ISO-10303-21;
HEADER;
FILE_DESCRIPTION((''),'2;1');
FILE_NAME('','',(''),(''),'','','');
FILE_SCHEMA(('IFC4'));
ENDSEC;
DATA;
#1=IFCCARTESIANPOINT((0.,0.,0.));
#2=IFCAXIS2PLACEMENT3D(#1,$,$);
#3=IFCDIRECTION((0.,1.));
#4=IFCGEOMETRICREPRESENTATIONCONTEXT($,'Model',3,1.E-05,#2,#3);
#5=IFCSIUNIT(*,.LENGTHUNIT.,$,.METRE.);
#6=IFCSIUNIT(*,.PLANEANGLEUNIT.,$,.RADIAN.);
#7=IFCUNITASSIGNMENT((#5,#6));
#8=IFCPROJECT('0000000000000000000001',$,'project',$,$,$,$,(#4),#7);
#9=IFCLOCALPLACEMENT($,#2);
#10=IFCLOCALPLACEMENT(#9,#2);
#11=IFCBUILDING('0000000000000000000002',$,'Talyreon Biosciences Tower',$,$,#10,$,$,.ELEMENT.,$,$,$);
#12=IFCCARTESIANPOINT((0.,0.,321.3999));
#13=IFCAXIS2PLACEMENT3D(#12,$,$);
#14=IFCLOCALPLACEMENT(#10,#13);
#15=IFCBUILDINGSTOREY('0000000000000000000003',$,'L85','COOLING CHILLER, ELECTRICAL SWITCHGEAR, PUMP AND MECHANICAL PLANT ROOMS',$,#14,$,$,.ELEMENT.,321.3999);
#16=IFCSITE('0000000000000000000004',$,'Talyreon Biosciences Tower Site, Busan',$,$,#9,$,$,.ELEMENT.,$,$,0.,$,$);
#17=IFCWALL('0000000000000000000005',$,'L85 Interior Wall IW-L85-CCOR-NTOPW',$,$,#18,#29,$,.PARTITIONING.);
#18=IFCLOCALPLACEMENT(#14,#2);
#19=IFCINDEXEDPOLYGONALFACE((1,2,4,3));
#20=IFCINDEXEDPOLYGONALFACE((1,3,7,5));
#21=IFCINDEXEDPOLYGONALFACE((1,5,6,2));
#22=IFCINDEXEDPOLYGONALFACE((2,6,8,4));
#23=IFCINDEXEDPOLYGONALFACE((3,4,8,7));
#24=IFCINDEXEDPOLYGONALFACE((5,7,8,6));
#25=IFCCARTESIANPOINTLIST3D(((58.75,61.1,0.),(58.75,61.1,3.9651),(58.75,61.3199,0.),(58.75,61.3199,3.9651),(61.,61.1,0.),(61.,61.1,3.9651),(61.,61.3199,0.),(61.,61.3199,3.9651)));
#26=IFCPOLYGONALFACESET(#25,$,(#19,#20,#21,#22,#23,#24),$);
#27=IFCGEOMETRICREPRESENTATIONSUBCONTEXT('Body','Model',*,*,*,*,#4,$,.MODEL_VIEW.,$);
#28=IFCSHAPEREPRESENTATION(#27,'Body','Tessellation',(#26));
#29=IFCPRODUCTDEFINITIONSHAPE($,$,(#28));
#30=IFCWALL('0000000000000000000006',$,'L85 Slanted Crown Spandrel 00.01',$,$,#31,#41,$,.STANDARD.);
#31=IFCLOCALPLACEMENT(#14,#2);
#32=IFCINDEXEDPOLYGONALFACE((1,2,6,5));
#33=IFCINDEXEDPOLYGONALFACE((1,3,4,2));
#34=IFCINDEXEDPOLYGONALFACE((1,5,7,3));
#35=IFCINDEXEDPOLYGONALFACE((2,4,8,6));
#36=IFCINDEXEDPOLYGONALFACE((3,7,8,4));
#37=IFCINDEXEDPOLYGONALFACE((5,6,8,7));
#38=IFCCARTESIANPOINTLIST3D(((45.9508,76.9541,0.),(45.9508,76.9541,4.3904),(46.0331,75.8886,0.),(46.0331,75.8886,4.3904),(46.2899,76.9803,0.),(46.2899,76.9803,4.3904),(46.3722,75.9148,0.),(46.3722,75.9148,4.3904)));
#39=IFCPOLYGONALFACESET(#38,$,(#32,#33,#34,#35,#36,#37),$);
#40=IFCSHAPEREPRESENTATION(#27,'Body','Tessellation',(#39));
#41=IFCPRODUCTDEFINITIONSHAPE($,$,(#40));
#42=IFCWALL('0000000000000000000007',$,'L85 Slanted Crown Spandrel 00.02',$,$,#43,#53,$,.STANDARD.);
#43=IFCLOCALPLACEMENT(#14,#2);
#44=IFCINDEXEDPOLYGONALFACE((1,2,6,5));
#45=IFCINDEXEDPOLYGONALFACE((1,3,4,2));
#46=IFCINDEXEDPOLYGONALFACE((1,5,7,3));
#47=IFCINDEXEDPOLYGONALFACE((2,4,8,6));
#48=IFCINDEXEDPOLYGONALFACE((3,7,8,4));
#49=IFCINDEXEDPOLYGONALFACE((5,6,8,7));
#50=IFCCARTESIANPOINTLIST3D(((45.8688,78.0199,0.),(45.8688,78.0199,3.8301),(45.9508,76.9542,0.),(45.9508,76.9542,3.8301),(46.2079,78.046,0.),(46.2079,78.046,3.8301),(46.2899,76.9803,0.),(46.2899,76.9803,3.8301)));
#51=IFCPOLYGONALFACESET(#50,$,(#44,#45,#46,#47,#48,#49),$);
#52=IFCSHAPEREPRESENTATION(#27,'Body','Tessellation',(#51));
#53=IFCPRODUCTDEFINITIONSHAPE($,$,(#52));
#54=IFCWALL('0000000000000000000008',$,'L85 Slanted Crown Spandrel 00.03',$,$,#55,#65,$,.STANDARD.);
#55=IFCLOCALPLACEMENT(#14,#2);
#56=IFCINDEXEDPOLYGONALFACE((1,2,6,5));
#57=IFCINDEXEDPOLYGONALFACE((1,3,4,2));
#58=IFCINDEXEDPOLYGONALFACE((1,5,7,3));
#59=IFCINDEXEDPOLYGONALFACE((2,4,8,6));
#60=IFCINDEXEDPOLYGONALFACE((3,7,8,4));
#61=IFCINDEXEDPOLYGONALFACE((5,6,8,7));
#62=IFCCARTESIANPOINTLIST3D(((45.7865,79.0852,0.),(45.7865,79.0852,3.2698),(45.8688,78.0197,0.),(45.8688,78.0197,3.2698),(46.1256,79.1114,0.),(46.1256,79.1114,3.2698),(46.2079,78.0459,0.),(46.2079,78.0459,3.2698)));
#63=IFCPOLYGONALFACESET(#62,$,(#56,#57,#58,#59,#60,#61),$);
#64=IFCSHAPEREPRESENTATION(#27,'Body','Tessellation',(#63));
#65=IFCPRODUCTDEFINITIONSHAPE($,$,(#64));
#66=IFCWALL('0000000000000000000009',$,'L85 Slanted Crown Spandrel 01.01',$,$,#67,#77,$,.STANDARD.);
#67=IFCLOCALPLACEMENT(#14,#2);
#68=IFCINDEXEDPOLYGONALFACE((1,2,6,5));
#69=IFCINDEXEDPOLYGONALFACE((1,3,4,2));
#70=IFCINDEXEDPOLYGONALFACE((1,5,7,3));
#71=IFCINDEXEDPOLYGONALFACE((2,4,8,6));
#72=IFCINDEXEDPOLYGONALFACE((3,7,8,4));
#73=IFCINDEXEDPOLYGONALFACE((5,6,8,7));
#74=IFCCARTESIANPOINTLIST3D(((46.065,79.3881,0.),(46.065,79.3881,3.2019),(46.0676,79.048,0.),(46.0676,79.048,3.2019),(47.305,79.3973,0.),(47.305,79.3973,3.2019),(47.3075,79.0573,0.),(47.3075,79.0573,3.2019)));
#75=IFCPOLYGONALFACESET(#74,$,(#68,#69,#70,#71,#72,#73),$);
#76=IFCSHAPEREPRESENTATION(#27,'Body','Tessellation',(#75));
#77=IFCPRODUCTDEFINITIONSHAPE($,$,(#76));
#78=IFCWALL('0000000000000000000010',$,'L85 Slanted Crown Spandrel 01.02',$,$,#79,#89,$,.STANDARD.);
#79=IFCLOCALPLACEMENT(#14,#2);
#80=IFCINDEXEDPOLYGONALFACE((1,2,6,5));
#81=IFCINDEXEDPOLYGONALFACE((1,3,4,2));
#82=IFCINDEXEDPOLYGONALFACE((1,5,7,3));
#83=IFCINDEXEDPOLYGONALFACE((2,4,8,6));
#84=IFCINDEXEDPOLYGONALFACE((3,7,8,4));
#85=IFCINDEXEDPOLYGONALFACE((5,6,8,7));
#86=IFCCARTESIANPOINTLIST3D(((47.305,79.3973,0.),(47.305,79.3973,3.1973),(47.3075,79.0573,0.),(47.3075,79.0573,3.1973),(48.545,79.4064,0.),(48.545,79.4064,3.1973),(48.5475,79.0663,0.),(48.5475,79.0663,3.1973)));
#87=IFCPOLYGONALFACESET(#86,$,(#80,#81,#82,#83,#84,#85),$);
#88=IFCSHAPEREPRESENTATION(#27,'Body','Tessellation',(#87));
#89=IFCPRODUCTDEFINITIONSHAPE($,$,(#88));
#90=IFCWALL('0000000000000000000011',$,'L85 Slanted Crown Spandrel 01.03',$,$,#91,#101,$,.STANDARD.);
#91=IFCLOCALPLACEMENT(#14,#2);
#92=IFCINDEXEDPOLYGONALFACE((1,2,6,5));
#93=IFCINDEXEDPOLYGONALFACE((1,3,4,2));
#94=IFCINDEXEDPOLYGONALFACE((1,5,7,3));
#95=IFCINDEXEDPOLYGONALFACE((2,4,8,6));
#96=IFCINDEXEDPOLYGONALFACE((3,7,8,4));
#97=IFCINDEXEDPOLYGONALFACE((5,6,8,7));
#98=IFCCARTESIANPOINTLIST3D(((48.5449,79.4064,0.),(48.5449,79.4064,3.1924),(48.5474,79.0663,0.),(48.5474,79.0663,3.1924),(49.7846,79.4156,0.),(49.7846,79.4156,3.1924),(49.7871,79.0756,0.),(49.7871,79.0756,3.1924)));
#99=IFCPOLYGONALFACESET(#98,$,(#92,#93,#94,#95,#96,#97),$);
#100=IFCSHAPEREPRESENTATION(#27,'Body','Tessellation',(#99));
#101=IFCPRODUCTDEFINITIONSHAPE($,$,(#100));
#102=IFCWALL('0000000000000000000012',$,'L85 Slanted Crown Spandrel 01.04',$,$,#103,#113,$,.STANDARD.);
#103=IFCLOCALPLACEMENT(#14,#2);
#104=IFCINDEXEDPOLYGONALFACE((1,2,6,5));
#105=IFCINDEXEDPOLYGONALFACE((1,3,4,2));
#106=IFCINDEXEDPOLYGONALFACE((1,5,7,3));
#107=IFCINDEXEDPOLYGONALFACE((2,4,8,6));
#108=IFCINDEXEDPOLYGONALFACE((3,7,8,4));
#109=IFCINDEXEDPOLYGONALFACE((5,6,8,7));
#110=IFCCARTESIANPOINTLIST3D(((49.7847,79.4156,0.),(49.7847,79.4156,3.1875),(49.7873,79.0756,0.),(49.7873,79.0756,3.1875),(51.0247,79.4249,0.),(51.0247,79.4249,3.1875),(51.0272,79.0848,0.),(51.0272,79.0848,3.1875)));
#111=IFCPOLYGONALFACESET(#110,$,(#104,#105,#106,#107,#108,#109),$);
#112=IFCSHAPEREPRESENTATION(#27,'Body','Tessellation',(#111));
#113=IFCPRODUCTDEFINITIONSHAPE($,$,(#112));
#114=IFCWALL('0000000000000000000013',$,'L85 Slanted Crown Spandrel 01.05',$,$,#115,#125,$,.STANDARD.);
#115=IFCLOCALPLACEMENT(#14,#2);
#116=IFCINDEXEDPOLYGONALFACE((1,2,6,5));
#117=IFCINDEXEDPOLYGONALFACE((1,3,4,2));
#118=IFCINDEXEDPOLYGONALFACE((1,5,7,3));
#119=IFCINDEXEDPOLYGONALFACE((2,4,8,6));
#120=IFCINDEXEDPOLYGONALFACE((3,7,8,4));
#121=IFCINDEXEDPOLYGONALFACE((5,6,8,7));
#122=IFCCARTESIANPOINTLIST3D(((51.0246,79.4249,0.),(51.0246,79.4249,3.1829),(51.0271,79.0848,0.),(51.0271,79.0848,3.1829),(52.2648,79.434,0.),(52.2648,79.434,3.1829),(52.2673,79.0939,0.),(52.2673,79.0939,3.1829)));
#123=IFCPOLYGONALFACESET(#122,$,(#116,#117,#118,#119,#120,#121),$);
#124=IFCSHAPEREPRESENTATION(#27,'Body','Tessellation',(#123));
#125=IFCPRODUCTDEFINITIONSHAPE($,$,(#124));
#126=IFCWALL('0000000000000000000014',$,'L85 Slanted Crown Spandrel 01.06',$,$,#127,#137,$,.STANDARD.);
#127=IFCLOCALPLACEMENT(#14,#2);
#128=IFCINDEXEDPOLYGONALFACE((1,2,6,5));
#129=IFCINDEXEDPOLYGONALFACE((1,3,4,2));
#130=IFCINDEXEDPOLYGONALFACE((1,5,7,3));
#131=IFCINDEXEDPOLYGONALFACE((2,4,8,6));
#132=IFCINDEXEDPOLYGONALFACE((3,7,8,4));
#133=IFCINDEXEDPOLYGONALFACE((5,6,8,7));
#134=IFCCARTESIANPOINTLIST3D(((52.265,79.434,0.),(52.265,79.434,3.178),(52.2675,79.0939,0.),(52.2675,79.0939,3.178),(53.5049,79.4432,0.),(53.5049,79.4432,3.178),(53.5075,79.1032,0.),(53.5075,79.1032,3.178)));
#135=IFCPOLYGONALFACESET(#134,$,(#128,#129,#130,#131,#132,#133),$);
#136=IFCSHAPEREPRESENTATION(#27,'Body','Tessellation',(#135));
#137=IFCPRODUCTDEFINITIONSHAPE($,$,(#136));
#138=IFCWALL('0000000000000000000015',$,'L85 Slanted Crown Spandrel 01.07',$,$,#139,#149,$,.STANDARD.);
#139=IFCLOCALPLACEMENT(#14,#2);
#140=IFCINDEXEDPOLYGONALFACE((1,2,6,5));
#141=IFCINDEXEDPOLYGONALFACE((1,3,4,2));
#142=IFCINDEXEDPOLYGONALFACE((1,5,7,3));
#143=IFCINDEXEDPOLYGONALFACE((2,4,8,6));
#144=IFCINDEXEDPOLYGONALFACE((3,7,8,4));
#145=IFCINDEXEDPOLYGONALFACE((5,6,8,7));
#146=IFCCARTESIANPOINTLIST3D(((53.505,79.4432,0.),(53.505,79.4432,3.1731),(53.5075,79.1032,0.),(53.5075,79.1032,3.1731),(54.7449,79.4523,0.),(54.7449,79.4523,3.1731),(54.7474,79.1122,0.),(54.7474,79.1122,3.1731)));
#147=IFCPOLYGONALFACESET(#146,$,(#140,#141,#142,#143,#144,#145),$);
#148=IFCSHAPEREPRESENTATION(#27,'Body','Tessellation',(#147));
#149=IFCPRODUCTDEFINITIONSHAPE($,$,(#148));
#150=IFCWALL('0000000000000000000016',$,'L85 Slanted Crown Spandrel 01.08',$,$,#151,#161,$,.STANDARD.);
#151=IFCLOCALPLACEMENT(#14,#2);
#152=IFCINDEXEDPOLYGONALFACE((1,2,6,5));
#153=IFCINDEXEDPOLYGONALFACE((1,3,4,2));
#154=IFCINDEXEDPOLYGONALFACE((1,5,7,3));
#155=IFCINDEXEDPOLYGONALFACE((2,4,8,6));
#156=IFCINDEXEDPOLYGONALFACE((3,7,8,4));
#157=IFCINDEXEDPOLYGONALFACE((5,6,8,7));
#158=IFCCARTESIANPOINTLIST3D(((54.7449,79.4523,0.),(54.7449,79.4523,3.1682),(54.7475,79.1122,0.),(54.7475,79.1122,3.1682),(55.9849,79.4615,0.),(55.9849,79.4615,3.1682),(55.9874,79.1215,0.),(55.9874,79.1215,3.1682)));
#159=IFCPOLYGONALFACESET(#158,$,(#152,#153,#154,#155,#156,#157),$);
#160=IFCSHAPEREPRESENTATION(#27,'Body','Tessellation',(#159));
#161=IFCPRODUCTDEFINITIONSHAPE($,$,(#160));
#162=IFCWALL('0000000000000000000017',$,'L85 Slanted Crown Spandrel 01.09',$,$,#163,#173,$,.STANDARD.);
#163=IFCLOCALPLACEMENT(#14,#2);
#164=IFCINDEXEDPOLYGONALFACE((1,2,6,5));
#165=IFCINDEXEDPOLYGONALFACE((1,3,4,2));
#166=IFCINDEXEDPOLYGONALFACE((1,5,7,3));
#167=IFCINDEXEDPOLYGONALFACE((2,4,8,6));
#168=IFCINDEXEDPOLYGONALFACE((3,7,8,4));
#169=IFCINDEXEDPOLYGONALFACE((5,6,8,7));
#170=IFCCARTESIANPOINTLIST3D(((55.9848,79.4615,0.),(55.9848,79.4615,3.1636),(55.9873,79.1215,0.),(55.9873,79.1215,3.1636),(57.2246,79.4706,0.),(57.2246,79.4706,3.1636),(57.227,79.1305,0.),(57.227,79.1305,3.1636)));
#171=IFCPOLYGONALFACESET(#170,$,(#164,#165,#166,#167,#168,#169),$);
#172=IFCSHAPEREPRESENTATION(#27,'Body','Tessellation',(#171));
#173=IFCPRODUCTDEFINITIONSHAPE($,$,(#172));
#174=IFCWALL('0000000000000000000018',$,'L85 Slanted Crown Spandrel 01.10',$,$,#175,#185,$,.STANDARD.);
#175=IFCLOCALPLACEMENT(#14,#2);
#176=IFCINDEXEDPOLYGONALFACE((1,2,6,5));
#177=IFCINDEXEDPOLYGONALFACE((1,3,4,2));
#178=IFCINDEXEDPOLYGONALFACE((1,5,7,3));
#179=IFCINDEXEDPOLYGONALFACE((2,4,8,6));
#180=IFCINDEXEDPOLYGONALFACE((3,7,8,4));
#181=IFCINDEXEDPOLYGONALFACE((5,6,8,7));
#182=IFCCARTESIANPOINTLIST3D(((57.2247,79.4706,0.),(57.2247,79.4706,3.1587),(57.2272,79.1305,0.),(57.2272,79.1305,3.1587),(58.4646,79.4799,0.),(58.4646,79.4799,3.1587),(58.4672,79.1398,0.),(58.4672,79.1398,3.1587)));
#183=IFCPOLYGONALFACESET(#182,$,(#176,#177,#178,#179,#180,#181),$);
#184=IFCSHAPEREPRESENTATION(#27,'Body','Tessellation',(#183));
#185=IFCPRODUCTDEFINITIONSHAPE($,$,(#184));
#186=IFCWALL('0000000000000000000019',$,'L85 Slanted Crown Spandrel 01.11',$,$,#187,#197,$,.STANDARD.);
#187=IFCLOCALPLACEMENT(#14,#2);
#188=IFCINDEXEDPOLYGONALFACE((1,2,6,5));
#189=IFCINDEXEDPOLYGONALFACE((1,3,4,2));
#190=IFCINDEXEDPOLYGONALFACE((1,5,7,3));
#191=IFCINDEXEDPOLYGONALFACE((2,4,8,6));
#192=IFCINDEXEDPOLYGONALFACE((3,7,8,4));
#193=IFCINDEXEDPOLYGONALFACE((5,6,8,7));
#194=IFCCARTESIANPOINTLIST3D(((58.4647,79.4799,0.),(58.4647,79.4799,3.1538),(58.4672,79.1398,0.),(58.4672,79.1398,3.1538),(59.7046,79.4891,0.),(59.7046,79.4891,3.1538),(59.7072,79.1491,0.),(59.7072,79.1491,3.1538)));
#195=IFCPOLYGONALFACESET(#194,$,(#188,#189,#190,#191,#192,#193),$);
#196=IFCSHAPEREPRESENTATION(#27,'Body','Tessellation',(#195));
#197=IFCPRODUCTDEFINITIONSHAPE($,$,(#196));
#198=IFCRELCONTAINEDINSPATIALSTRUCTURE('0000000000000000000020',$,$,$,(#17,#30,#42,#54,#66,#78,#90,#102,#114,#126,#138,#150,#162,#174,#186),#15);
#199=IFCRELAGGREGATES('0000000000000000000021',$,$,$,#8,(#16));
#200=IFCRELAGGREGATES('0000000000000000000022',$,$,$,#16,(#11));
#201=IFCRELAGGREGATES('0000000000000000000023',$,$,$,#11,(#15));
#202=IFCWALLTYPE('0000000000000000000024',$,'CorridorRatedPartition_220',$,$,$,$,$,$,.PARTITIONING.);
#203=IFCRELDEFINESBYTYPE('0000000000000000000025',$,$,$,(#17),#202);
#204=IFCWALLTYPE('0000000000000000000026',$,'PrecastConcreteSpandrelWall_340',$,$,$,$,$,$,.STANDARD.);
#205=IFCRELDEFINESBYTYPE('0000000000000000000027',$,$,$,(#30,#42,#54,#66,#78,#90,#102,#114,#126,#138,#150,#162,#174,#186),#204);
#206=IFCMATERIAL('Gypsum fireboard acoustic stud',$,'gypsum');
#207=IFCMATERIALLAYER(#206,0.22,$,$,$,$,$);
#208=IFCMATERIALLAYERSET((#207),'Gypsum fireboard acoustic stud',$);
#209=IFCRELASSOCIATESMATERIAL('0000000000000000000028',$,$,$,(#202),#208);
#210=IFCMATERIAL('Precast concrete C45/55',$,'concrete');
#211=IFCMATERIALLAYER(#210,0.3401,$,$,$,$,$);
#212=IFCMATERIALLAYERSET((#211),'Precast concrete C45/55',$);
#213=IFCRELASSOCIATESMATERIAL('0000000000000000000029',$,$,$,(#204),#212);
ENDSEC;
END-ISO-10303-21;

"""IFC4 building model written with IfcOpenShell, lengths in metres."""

from ifc_helpers import new_model, si_unit, direction, frame, frame_2d, origin, place, context, subcontext, project, spatial, rectangle, extrude, material, layer, layer_set, type_object, element, save


model = new_model("IFC4")

# Units and contexts
model_context = context("Model", 3, precision=1e-05, world=origin(), true_north=direction((0.0, 1.0)))
body_context = subcontext(model_context, "Body", "Model", "MODEL_VIEW")
ifc_project = project(units=[si_unit("LENGTHUNIT", "METRE"), si_unit("PLANEANGLEUNIT", "RADIAN")], contexts=[model_context])

# Site, building, storey
site_placement = place(None, origin())
site = spatial("IfcSite", under=ifc_project, at=site_placement, Name="Talyreon Biosciences Tower Site, Busan", CompositionType="ELEMENT", RefElevation=0.0)
building_placement = place(site_placement, origin())
building = spatial("IfcBuilding", under=site, at=building_placement, Name="Talyreon Biosciences Tower", CompositionType="ELEMENT")
storey_placement = place(building_placement, frame((0.0, 0.0, 321.3999)))
storey = spatial("IfcBuildingStorey", under=building, at=storey_placement, Name="L85", Description="COOLING CHILLER, ELECTRICAL SWITCHGEAR, PUMP AND MECHANICAL PLANT ROOMS", CompositionType="ELEMENT", Elevation=321.3999)

# Walls
ifc_material_1 = material(Name="Gypsum fireboard acoustic stud", Category="gypsum")
ifc_layer_1 = layer(ifc_material_1, 0.22)
ifc_layer_set_1 = layer_set([ifc_layer_1], Name="Gypsum fireboard acoustic stud")
wall_type_1 = type_object("IfcWallType", Name="CorridorRatedPartition_220", PredefinedType="PARTITIONING", material=ifc_layer_set_1)
wall_1_placement = place(storey_placement, frame((58.75, 61.21, 0.0), z_axis=(0.0, 0.0, 1.0), x_axis=(1.0, 0.0, 0.0)))
element("IfcWall", 1, at=wall_1_placement, inside=storey, type_object=wall_type_1, Name="L85 Interior Wall IW-L85-CCOR-NTOPW", PredefinedType="PARTITIONING", context=body_context, shape_type="SweptSolid", body=[
    extrude(rectangle(XDim=2.25, YDim=0.22, at=frame_2d((1.125, 0.0))), origin(), (0.0, 0.0, 1.0), 3.9651),
])
ifc_material_2 = material(Name="Precast concrete C45/55", Category="concrete")
ifc_layer_2 = layer(ifc_material_2, 0.3401)
ifc_layer_set_2 = layer_set([ifc_layer_2], Name="Precast concrete C45/55")
wall_type_2 = type_object("IfcWallType", Name="PrecastConcreteSpandrelWall_340", PredefinedType="STANDARD", material=ifc_layer_set_2)
wall_2_placement = place(storey_placement, frame((46.2026, 75.9019, 0.0), z_axis=(0.0, 0.0, 1.0), x_axis=(-0.076994, 0.997032, 0.0)))
element("IfcWall", 2, at=wall_2_placement, inside=storey, type_object=wall_type_2, Name="L85 Slanted Crown Spandrel 00.01", PredefinedType="STANDARD", context=body_context, shape_type="SweptSolid", body=[
    extrude(rectangle(XDim=1.0686, YDim=0.3401, at=frame_2d((0.5342, 0.0))), origin(), (0.0, 0.0, 1.0), 4.3904),
])
wall_3_placement = place(storey_placement, frame((46.1204, 76.9673, 0.0), z_axis=(0.0, 0.0, 1.0), x_axis=(-0.076749, 0.99705, 0.0)))
element("IfcWall", 3, at=wall_3_placement, inside=storey, type_object=wall_type_2, Name="L85 Slanted Crown Spandrel 00.02", PredefinedType="STANDARD", context=body_context, shape_type="SweptSolid", body=[
    extrude(rectangle(XDim=1.0688, YDim=0.3401, at=frame_2d((0.5344, 0.0))), origin(), (0.0, 0.0, 1.0), 3.8301),
])
wall_4_placement = place(storey_placement, frame((46.0383, 78.033, 0.0), z_axis=(0.0, 0.0, 1.0), x_axis=(-0.076994, 0.997032, 0.0)))
element("IfcWall", 4, at=wall_4_placement, inside=storey, type_object=wall_type_2, Name="L85 Slanted Crown Spandrel 00.03", PredefinedType="STANDARD", context=body_context, shape_type="SweptSolid", body=[
    extrude(rectangle(XDim=1.0686, YDim=0.3401, at=frame_2d((0.5342, 0.0))), origin(), (0.0, 0.0, 1.0), 3.2698),
])
wall_5_placement = place(storey_placement, frame((46.0662, 79.218, 0.0), z_axis=(0.0, 0.0, 1.0), x_axis=(0.999972, 0.007482, 0.0)))
element("IfcWall", 5, at=wall_5_placement, inside=storey, type_object=wall_type_2, Name="L85 Slanted Crown Spandrel 01.01", PredefinedType="STANDARD", context=body_context, shape_type="SweptSolid", body=[
    extrude(rectangle(XDim=1.24, YDim=0.3401, at=frame_2d((0.6201, 0.0))), origin(), (0.0, 0.0, 1.0), 3.2019),
])
wall_6_placement = place(storey_placement, frame((47.3062, 79.2273, 0.0), z_axis=(0.0, 0.0, 1.0), x_axis=(0.999973, 0.007285, 0.0)))
element("IfcWall", 6, at=wall_6_placement, inside=storey, type_object=wall_type_2, Name="L85 Slanted Crown Spandrel 01.02", PredefinedType="STANDARD", context=body_context, shape_type="SweptSolid", body=[
    extrude(rectangle(XDim=1.24, YDim=0.3401, at=frame_2d((0.6201, 0.0))), origin(), (0.0, 0.0, 1.0), 3.1973),
])
wall_7_placement = place(storey_placement, frame((48.5461, 79.2363, 0.0), z_axis=(0.0, 0.0, 1.0), x_axis=(0.999972, 0.007483, 0.0)))
element("IfcWall", 7, at=wall_7_placement, inside=storey, type_object=wall_type_2, Name="L85 Slanted Crown Spandrel 01.03", PredefinedType="STANDARD", context=body_context, shape_type="SweptSolid", body=[
    extrude(rectangle(XDim=1.2397, YDim=0.3401, at=frame_2d((0.6199, 0.0))), origin(), (0.0, 0.0, 1.0), 3.1924),
])
wall_8_placement = place(storey_placement, frame((49.7859, 79.2456, 0.0), z_axis=(0.0, 0.0, 1.0), x_axis=(0.999972, 0.007482, 0.0)))
element("IfcWall", 8, at=wall_8_placement, inside=storey, type_object=wall_type_2, Name="L85 Slanted Crown Spandrel 01.04", PredefinedType="STANDARD", context=body_context, shape_type="SweptSolid", body=[
    extrude(rectangle(XDim=1.24, YDim=0.3401, at=frame_2d((0.6201, 0.0))), origin(), (0.0, 0.0, 1.0), 3.1875),
])
wall_9_placement = place(storey_placement, frame((51.0259, 79.2549, 0.0), z_axis=(0.0, 0.0, 1.0), x_axis=(0.999973, 0.007283, 0.0)))
element("IfcWall", 9, at=wall_9_placement, inside=storey, type_object=wall_type_2, Name="L85 Slanted Crown Spandrel 01.05", PredefinedType="STANDARD", context=body_context, shape_type="SweptSolid", body=[
    extrude(rectangle(XDim=1.2402, YDim=0.3401, at=frame_2d((0.6201, 0.0))), origin(), (0.0, 0.0, 1.0), 3.1829),
])
wall_10_placement = place(storey_placement, frame((52.2661, 79.2639, 0.0), z_axis=(0.0, 0.0, 1.0), x_axis=(0.999972, 0.007482, 0.0)))
element("IfcWall", 10, at=wall_10_placement, inside=storey, type_object=wall_type_2, Name="L85 Slanted Crown Spandrel 01.06", PredefinedType="STANDARD", context=body_context, shape_type="SweptSolid", body=[
    extrude(rectangle(XDim=1.24, YDim=0.3401, at=frame_2d((0.6201, 0.0))), origin(), (0.0, 0.0, 1.0), 3.178),
])
wall_11_placement = place(storey_placement, frame((53.5061, 79.2732, 0.0), z_axis=(0.0, 0.0, 1.0), x_axis=(0.999973, 0.007285, 0.0)))
element("IfcWall", 11, at=wall_11_placement, inside=storey, type_object=wall_type_2, Name="L85 Slanted Crown Spandrel 01.07", PredefinedType="STANDARD", context=body_context, shape_type="SweptSolid", body=[
    extrude(rectangle(XDim=1.24, YDim=0.3401, at=frame_2d((0.6201, 0.0))), origin(), (0.0, 0.0, 1.0), 3.1731),
])
wall_12_placement = place(storey_placement, frame((54.7461, 79.2822, 0.0), z_axis=(0.0, 0.0, 1.0), x_axis=(0.999972, 0.007482, 0.0)))
element("IfcWall", 12, at=wall_12_placement, inside=storey, type_object=wall_type_2, Name="L85 Slanted Crown Spandrel 01.08", PredefinedType="STANDARD", context=body_context, shape_type="SweptSolid", body=[
    extrude(rectangle(XDim=1.24, YDim=0.3401, at=frame_2d((0.6201, 0.0))), origin(), (0.0, 0.0, 1.0), 3.1682),
])
wall_13_placement = place(storey_placement, frame((55.9861, 79.2915, 0.0), z_axis=(0.0, 0.0, 1.0), x_axis=(0.999973, 0.007286, 0.0)))
element("IfcWall", 13, at=wall_13_placement, inside=storey, type_object=wall_type_2, Name="L85 Slanted Crown Spandrel 01.09", PredefinedType="STANDARD", context=body_context, shape_type="SweptSolid", body=[
    extrude(rectangle(XDim=1.2397, YDim=0.3401, at=frame_2d((0.6199, 0.0))), origin(), (0.0, 0.0, 1.0), 3.1636),
])
wall_14_placement = place(storey_placement, frame((57.2258, 79.3005, 0.0), z_axis=(0.0, 0.0, 1.0), x_axis=(0.999972, 0.007482, 0.0)))
element("IfcWall", 14, at=wall_14_placement, inside=storey, type_object=wall_type_2, Name="L85 Slanted Crown Spandrel 01.10", PredefinedType="STANDARD", context=body_context, shape_type="SweptSolid", body=[
    extrude(rectangle(XDim=1.24, YDim=0.3401, at=frame_2d((0.6201, 0.0))), origin(), (0.0, 0.0, 1.0), 3.1587),
])
wall_15_placement = place(storey_placement, frame((58.4658, 79.3098, 0.0), z_axis=(0.0, 0.0, 1.0), x_axis=(0.999972, 0.007482, 0.0)))
element("IfcWall", 15, at=wall_15_placement, inside=storey, type_object=wall_type_2, Name="L85 Slanted Crown Spandrel 01.11", PredefinedType="STANDARD", context=body_context, shape_type="SweptSolid", body=[
    extrude(rectangle(XDim=1.24, YDim=0.3401, at=frame_2d((0.6201, 0.0))), origin(), (0.0, 0.0, 1.0), 3.1538),
])

save(model, "model.ifc")
